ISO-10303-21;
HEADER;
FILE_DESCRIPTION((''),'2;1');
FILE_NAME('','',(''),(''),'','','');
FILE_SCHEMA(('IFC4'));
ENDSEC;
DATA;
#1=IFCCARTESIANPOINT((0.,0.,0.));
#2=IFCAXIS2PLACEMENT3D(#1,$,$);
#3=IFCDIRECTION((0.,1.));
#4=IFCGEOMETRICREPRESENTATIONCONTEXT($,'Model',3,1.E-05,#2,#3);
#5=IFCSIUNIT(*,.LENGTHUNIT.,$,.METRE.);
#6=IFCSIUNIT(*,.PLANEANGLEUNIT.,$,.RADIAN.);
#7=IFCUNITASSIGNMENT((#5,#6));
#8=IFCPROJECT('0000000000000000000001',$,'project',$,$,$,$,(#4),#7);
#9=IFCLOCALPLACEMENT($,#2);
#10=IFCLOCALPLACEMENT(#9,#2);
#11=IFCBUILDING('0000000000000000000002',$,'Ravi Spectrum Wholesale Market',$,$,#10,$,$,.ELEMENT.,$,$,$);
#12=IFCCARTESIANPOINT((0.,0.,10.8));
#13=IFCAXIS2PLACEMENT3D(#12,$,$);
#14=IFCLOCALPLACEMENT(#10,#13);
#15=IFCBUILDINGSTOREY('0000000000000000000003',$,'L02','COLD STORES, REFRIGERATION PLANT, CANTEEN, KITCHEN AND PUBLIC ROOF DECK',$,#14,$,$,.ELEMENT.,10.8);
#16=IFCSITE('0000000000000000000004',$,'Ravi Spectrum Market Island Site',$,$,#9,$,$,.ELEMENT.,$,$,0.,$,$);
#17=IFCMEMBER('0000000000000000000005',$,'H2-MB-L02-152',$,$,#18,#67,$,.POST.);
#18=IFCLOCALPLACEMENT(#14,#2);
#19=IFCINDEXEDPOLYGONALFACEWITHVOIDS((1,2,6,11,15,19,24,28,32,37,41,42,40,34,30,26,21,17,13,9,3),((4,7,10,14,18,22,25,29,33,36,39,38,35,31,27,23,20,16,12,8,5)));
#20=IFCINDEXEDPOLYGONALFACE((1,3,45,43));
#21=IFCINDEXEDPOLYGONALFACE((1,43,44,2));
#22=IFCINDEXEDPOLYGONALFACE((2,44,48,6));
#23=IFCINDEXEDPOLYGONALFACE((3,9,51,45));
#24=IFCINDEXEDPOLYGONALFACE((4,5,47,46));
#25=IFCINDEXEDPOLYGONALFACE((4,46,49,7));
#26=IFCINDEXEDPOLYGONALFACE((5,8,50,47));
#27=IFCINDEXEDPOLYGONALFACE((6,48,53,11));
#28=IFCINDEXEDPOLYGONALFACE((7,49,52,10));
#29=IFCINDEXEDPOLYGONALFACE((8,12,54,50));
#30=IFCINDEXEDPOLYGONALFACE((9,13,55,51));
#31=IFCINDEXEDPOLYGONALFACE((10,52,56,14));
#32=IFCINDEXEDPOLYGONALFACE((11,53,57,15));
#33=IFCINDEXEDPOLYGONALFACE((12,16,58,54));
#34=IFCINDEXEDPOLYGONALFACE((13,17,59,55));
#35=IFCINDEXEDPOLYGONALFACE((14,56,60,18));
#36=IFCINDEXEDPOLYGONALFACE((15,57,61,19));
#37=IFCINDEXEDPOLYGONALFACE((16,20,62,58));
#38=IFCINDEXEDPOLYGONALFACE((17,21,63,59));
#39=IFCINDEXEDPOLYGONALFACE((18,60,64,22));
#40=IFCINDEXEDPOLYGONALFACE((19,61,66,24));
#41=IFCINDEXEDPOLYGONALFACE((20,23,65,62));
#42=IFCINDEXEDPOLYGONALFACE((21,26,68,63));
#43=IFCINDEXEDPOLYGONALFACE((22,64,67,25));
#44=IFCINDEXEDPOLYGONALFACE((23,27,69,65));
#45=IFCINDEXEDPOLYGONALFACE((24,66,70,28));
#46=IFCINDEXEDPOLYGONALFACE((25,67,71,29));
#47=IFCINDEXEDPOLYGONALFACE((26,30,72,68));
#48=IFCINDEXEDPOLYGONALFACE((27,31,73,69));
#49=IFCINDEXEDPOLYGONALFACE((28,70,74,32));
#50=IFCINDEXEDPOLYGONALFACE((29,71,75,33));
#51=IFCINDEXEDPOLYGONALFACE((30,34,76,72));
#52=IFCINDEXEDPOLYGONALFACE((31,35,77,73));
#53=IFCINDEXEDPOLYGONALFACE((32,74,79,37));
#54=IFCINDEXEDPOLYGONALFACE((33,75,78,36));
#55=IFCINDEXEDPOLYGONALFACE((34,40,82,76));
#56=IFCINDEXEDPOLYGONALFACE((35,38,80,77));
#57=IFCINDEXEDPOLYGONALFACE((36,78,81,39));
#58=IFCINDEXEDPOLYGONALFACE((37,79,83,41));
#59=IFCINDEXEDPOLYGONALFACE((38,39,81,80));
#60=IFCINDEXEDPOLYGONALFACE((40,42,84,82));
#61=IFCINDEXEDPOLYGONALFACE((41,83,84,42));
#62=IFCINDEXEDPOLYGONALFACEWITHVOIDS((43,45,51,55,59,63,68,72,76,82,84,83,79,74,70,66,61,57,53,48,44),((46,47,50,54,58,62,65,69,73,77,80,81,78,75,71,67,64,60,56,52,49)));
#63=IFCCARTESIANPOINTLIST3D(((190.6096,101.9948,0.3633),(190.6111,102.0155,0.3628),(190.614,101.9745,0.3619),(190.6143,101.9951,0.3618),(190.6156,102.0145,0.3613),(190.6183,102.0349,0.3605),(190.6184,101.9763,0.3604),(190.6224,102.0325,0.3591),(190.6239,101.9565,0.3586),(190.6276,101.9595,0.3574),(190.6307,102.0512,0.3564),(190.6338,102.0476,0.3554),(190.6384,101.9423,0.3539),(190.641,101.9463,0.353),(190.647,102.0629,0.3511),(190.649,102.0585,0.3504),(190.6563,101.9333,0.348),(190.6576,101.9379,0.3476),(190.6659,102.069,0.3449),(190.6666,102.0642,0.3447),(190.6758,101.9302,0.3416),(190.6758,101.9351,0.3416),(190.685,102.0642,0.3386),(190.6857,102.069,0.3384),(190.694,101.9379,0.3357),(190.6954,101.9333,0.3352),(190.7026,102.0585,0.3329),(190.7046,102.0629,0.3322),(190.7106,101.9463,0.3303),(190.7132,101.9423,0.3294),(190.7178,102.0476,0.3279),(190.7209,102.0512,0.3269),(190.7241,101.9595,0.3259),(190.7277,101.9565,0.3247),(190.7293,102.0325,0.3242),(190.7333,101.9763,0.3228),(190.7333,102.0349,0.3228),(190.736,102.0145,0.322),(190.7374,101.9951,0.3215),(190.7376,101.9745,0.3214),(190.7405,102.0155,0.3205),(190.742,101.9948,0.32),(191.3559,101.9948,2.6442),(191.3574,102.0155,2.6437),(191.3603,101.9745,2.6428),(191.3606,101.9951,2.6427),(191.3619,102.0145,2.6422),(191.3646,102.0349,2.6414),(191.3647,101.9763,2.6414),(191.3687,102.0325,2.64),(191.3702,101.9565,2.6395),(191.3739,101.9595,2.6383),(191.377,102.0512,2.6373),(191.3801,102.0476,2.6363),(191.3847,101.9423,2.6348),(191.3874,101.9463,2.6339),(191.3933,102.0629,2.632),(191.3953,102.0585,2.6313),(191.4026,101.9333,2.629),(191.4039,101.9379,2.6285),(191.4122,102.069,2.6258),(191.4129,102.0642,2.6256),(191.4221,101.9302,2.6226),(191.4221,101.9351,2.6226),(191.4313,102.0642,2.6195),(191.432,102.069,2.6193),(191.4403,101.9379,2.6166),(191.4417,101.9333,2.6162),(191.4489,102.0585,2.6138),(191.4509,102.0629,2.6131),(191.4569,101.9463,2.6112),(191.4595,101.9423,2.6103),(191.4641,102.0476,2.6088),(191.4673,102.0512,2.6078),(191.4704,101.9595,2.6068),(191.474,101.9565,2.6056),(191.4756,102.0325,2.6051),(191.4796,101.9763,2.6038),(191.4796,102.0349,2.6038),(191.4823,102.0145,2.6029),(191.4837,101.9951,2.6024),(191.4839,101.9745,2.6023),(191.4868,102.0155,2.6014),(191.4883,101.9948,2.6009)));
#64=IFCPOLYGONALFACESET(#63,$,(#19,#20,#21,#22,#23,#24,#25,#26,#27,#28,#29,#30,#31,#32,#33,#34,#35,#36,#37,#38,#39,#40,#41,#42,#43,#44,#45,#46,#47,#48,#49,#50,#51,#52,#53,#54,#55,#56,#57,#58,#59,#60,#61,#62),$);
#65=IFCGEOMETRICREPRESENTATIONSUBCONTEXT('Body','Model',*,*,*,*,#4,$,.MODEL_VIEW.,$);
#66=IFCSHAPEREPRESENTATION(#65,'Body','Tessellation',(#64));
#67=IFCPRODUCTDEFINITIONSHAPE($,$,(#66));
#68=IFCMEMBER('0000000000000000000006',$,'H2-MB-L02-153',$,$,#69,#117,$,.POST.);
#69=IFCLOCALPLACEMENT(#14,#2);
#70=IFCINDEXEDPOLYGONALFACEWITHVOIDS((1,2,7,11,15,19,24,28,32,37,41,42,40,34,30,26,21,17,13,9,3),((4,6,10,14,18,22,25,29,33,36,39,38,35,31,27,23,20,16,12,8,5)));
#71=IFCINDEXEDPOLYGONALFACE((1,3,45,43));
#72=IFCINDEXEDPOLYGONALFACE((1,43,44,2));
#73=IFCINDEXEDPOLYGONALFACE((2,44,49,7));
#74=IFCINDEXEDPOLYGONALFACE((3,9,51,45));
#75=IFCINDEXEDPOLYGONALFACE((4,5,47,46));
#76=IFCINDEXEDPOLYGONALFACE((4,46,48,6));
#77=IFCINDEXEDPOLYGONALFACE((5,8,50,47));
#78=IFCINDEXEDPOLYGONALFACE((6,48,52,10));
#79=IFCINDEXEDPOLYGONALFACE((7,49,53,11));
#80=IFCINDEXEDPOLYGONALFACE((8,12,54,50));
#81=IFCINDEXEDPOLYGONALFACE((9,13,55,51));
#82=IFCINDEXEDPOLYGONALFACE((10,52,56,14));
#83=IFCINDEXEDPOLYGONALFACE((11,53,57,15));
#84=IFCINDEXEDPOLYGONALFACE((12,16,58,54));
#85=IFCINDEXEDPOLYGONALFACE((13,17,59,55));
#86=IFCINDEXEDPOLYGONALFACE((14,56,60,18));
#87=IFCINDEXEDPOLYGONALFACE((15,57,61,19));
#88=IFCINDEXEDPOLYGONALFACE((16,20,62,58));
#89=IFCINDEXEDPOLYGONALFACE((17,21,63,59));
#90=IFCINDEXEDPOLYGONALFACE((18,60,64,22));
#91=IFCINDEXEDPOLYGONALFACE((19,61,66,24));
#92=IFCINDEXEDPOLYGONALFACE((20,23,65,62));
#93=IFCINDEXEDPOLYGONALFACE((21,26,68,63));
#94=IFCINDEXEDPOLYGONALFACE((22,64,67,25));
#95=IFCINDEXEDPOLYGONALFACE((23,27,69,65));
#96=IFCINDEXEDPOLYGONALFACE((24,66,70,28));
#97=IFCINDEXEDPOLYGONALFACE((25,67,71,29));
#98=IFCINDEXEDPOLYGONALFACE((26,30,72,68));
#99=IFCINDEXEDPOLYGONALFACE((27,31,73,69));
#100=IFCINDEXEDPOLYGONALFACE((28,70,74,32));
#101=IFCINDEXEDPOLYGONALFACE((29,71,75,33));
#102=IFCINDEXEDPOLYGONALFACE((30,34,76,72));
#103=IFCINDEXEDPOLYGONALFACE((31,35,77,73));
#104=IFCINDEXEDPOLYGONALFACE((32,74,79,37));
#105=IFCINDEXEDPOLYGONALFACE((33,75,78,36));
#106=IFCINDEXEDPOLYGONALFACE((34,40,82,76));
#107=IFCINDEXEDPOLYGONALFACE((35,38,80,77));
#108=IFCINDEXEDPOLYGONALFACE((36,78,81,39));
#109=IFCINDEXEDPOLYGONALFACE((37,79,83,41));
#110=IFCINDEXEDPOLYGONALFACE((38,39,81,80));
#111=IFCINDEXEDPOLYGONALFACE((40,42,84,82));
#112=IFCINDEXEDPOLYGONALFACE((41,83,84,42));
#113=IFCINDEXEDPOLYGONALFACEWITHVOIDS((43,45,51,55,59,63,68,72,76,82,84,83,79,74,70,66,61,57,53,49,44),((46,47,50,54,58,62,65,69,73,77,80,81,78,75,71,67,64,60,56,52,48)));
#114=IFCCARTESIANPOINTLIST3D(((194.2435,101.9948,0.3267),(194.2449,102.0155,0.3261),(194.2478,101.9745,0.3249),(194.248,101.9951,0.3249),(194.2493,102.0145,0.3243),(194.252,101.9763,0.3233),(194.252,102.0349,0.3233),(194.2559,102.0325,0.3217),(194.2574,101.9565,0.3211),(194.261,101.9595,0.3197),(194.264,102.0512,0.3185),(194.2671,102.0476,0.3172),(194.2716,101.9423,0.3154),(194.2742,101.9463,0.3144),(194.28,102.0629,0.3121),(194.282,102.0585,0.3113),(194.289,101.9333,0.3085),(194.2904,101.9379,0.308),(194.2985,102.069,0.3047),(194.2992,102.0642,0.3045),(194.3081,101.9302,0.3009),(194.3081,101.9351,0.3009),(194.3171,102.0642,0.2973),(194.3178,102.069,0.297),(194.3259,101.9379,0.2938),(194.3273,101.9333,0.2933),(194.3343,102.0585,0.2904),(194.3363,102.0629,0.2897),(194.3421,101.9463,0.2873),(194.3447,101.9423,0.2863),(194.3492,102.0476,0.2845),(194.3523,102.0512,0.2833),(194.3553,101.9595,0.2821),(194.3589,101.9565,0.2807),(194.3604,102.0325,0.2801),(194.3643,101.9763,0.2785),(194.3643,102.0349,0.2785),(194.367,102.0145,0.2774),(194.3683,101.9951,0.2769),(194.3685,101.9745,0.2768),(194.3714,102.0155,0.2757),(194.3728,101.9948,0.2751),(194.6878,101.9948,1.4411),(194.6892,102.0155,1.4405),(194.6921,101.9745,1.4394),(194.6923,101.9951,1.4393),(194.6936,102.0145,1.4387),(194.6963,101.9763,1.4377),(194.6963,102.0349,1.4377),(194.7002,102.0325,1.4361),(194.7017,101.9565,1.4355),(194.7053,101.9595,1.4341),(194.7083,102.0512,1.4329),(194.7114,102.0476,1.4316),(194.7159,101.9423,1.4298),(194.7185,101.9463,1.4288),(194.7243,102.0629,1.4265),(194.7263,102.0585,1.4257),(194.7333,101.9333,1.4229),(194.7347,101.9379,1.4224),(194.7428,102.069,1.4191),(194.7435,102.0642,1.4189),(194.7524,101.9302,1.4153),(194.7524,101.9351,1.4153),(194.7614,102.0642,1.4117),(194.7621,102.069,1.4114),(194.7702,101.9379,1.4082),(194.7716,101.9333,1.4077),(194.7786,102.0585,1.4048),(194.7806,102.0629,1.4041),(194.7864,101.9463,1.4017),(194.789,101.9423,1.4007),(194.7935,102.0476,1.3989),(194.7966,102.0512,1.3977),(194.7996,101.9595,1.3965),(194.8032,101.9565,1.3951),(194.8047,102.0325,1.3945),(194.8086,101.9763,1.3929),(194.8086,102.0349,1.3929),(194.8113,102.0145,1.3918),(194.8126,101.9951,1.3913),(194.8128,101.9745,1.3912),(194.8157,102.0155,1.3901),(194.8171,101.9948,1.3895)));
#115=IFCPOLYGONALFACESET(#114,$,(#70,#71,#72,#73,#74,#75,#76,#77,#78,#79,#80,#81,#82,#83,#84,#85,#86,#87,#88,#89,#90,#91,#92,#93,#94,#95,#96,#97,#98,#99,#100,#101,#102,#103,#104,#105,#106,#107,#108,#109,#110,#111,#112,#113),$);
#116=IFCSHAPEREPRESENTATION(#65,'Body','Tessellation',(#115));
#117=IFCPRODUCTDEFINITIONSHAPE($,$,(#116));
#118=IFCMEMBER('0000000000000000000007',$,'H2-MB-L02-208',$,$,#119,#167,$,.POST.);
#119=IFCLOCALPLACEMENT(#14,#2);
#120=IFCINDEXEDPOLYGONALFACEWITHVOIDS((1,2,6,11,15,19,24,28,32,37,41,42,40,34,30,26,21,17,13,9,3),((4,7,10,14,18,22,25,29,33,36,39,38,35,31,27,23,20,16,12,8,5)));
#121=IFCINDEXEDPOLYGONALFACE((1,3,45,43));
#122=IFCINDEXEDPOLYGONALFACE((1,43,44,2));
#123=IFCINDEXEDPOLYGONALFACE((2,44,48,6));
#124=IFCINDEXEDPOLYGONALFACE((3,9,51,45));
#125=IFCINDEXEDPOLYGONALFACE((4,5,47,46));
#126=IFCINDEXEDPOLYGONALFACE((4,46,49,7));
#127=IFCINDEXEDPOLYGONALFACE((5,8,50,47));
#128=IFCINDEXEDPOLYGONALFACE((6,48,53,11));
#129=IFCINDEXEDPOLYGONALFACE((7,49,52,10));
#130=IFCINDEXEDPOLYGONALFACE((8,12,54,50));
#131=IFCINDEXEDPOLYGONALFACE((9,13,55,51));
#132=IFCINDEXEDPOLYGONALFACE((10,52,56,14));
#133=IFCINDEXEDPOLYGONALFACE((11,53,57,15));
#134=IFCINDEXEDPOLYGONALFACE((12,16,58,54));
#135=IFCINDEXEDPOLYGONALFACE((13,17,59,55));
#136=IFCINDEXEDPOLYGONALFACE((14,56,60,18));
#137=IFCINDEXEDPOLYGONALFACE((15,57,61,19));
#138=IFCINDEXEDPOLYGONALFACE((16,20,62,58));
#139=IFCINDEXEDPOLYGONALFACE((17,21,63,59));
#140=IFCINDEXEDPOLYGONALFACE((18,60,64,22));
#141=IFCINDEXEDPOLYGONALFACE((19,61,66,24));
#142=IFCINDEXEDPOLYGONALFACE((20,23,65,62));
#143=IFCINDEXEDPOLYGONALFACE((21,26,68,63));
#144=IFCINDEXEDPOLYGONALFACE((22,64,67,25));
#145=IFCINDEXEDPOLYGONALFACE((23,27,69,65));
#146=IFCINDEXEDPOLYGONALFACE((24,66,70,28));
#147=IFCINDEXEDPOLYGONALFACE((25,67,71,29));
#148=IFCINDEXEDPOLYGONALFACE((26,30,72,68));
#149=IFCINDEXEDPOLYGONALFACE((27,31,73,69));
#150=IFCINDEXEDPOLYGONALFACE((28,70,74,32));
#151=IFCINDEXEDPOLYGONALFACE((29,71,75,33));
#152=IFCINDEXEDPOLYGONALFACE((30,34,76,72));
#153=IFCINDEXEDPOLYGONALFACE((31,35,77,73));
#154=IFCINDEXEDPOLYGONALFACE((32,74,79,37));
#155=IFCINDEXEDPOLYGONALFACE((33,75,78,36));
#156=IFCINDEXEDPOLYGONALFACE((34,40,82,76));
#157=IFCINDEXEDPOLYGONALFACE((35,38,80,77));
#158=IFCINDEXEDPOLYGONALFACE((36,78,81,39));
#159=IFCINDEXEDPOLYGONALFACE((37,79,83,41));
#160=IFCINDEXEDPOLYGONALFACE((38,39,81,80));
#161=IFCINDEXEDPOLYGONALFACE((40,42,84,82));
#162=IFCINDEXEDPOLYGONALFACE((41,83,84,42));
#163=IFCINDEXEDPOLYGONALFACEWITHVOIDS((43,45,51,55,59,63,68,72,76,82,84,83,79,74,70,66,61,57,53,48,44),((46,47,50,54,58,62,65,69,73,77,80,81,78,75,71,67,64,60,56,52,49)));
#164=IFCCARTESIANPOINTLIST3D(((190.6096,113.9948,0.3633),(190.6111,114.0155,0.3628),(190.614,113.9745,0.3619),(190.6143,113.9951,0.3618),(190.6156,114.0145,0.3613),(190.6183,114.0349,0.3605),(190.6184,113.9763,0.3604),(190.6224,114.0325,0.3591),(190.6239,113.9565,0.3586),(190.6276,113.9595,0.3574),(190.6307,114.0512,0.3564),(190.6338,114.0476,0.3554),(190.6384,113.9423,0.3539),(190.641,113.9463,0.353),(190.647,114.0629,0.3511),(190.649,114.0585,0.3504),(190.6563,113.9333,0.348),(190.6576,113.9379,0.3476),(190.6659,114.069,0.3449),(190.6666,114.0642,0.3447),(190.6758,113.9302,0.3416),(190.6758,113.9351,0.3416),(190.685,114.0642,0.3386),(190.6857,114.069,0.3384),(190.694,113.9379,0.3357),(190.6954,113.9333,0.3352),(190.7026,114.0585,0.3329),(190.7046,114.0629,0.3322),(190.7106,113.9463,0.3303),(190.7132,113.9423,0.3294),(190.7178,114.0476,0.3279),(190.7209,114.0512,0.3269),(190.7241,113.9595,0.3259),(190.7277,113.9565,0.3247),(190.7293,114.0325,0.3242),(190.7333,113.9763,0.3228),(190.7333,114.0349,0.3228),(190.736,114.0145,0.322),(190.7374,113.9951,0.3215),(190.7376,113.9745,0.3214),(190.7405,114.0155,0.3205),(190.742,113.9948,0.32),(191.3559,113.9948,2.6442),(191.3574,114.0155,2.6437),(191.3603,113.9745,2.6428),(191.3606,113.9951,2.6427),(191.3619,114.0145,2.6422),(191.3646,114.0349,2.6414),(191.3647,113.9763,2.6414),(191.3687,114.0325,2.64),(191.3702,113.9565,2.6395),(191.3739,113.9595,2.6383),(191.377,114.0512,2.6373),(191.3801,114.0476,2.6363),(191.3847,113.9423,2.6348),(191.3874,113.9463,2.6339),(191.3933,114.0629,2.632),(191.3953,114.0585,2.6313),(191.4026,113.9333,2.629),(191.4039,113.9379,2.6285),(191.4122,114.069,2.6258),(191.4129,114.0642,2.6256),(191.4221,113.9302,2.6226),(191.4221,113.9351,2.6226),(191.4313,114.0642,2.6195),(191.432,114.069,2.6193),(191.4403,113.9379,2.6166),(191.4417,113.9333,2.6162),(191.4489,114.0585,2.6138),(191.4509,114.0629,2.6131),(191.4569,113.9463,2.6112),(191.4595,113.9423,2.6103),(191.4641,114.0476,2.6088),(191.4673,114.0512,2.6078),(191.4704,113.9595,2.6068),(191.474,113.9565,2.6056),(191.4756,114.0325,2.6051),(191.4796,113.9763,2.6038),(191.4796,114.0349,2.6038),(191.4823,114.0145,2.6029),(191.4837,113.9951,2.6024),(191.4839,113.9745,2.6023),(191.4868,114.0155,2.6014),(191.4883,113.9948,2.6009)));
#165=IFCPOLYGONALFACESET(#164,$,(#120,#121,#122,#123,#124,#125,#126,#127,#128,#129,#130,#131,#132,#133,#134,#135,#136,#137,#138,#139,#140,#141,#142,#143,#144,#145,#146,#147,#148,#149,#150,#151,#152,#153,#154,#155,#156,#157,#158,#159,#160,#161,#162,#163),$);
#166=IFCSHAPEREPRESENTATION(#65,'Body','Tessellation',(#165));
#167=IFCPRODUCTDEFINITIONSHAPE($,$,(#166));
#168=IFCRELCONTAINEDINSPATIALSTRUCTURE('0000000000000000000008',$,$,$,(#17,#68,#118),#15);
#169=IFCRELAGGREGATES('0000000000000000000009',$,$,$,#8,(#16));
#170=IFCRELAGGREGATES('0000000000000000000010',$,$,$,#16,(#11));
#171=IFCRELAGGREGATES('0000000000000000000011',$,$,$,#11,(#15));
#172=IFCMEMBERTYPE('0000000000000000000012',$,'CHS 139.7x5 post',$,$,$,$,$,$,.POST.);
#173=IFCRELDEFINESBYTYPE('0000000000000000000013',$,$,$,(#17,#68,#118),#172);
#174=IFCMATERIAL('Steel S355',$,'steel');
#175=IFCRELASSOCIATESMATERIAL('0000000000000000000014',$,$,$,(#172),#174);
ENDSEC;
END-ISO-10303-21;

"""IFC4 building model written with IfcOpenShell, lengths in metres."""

from ifc_helpers import new_model, si_unit, direction, frame, origin, origin_2d, place, context, subcontext, project, spatial, hollow_circle, extrude, material, material_profile, profile_set, type_object, element, save


model = new_model("IFC4")

# Units and contexts
model_context = context("Model", 3, precision=1e-05, world=origin(), true_north=direction((0.0, 1.0)))
body_context = subcontext(model_context, "Body", "Model", "MODEL_VIEW")
ifc_project = project(units=[si_unit("LENGTHUNIT", "METRE"), si_unit("PLANEANGLEUNIT", "RADIAN")], contexts=[model_context])

# Site, building, storey
site_placement = place(None, origin())
site = spatial("IfcSite", under=ifc_project, at=site_placement, Name="Ravi Spectrum Market Island Site", CompositionType="ELEMENT", RefElevation=0.0)
building_placement = place(site_placement, origin())
building = spatial("IfcBuilding", under=site, at=building_placement, Name="Ravi Spectrum Wholesale Market", CompositionType="ELEMENT")
storey_placement = place(building_placement, frame((0.0, 0.0, 10.8)))
storey = spatial("IfcBuildingStorey", under=building, at=storey_placement, Name="L02", Description="COLD STORES, REFRIGERATION PLANT, CANTEEN, KITCHEN AND PUBLIC ROOF DECK", CompositionType="ELEMENT", Elevation=10.8)

# Members
ifc_material_1 = material(Name="Steel S355", Category="steel")
ifc_material_profile_1 = material_profile(ifc_material_1, hollow_circle(Radius=0.0698, WallThickness=0.0049, at=origin_2d()))
ifc_profile_set_1 = profile_set([ifc_material_profile_1], Name="Steel S355")
member_type_1 = type_object("IfcMemberType", Name="CHS 139.7x5 post", PredefinedType="POST", material=ifc_profile_set_1)
member_1_placement = place(storey_placement, frame((191.4221, 102.0, 2.6226), z_axis=(-0.310974, 0.0, -0.950418), x_axis=(0.0, -1.0, 0.0)))
element("IfcMember", 1, at=member_1_placement, inside=storey, type_object=member_type_1, Name="H2-MB-L02-152", PredefinedType="POST", context=body_context, shape_type="SweptSolid", body=[
    extrude(hollow_circle(Radius=0.0698, WallThickness=0.0049, at=origin_2d()), origin(), (0.0, 0.0, 1.0), 2.3999),
])
member_2_placement = place(storey_placement, frame((194.7524, 102.0, 1.4153), z_axis=(-0.370338, 0.0, -0.928897), x_axis=(0.0, -1.0, 0.0)))
element("IfcMember", 2, at=member_2_placement, inside=storey, type_object=member_type_1, Name="H2-MB-L02-153", PredefinedType="POST", context=body_context, shape_type="SweptSolid", body=[
    extrude(hollow_circle(Radius=0.0698, WallThickness=0.0049, at=origin_2d()), origin(), (0.0, 0.0, 1.0), 1.1997),
])
member_3_placement = place(storey_placement, frame((191.4221, 114.0, 2.6226), z_axis=(-0.310974, 0.0, -0.950418), x_axis=(0.0, -1.0, 0.0)))
element("IfcMember", 3, at=member_3_placement, inside=storey, type_object=member_type_1, Name="H2-MB-L02-208", PredefinedType="POST", context=body_context, shape_type="SweptSolid", body=[
    extrude(hollow_circle(Radius=0.0698, WallThickness=0.0049, at=origin_2d()), origin(), (0.0, 0.0, 1.0), 2.3999),
])

save(model, "model.ifc")
